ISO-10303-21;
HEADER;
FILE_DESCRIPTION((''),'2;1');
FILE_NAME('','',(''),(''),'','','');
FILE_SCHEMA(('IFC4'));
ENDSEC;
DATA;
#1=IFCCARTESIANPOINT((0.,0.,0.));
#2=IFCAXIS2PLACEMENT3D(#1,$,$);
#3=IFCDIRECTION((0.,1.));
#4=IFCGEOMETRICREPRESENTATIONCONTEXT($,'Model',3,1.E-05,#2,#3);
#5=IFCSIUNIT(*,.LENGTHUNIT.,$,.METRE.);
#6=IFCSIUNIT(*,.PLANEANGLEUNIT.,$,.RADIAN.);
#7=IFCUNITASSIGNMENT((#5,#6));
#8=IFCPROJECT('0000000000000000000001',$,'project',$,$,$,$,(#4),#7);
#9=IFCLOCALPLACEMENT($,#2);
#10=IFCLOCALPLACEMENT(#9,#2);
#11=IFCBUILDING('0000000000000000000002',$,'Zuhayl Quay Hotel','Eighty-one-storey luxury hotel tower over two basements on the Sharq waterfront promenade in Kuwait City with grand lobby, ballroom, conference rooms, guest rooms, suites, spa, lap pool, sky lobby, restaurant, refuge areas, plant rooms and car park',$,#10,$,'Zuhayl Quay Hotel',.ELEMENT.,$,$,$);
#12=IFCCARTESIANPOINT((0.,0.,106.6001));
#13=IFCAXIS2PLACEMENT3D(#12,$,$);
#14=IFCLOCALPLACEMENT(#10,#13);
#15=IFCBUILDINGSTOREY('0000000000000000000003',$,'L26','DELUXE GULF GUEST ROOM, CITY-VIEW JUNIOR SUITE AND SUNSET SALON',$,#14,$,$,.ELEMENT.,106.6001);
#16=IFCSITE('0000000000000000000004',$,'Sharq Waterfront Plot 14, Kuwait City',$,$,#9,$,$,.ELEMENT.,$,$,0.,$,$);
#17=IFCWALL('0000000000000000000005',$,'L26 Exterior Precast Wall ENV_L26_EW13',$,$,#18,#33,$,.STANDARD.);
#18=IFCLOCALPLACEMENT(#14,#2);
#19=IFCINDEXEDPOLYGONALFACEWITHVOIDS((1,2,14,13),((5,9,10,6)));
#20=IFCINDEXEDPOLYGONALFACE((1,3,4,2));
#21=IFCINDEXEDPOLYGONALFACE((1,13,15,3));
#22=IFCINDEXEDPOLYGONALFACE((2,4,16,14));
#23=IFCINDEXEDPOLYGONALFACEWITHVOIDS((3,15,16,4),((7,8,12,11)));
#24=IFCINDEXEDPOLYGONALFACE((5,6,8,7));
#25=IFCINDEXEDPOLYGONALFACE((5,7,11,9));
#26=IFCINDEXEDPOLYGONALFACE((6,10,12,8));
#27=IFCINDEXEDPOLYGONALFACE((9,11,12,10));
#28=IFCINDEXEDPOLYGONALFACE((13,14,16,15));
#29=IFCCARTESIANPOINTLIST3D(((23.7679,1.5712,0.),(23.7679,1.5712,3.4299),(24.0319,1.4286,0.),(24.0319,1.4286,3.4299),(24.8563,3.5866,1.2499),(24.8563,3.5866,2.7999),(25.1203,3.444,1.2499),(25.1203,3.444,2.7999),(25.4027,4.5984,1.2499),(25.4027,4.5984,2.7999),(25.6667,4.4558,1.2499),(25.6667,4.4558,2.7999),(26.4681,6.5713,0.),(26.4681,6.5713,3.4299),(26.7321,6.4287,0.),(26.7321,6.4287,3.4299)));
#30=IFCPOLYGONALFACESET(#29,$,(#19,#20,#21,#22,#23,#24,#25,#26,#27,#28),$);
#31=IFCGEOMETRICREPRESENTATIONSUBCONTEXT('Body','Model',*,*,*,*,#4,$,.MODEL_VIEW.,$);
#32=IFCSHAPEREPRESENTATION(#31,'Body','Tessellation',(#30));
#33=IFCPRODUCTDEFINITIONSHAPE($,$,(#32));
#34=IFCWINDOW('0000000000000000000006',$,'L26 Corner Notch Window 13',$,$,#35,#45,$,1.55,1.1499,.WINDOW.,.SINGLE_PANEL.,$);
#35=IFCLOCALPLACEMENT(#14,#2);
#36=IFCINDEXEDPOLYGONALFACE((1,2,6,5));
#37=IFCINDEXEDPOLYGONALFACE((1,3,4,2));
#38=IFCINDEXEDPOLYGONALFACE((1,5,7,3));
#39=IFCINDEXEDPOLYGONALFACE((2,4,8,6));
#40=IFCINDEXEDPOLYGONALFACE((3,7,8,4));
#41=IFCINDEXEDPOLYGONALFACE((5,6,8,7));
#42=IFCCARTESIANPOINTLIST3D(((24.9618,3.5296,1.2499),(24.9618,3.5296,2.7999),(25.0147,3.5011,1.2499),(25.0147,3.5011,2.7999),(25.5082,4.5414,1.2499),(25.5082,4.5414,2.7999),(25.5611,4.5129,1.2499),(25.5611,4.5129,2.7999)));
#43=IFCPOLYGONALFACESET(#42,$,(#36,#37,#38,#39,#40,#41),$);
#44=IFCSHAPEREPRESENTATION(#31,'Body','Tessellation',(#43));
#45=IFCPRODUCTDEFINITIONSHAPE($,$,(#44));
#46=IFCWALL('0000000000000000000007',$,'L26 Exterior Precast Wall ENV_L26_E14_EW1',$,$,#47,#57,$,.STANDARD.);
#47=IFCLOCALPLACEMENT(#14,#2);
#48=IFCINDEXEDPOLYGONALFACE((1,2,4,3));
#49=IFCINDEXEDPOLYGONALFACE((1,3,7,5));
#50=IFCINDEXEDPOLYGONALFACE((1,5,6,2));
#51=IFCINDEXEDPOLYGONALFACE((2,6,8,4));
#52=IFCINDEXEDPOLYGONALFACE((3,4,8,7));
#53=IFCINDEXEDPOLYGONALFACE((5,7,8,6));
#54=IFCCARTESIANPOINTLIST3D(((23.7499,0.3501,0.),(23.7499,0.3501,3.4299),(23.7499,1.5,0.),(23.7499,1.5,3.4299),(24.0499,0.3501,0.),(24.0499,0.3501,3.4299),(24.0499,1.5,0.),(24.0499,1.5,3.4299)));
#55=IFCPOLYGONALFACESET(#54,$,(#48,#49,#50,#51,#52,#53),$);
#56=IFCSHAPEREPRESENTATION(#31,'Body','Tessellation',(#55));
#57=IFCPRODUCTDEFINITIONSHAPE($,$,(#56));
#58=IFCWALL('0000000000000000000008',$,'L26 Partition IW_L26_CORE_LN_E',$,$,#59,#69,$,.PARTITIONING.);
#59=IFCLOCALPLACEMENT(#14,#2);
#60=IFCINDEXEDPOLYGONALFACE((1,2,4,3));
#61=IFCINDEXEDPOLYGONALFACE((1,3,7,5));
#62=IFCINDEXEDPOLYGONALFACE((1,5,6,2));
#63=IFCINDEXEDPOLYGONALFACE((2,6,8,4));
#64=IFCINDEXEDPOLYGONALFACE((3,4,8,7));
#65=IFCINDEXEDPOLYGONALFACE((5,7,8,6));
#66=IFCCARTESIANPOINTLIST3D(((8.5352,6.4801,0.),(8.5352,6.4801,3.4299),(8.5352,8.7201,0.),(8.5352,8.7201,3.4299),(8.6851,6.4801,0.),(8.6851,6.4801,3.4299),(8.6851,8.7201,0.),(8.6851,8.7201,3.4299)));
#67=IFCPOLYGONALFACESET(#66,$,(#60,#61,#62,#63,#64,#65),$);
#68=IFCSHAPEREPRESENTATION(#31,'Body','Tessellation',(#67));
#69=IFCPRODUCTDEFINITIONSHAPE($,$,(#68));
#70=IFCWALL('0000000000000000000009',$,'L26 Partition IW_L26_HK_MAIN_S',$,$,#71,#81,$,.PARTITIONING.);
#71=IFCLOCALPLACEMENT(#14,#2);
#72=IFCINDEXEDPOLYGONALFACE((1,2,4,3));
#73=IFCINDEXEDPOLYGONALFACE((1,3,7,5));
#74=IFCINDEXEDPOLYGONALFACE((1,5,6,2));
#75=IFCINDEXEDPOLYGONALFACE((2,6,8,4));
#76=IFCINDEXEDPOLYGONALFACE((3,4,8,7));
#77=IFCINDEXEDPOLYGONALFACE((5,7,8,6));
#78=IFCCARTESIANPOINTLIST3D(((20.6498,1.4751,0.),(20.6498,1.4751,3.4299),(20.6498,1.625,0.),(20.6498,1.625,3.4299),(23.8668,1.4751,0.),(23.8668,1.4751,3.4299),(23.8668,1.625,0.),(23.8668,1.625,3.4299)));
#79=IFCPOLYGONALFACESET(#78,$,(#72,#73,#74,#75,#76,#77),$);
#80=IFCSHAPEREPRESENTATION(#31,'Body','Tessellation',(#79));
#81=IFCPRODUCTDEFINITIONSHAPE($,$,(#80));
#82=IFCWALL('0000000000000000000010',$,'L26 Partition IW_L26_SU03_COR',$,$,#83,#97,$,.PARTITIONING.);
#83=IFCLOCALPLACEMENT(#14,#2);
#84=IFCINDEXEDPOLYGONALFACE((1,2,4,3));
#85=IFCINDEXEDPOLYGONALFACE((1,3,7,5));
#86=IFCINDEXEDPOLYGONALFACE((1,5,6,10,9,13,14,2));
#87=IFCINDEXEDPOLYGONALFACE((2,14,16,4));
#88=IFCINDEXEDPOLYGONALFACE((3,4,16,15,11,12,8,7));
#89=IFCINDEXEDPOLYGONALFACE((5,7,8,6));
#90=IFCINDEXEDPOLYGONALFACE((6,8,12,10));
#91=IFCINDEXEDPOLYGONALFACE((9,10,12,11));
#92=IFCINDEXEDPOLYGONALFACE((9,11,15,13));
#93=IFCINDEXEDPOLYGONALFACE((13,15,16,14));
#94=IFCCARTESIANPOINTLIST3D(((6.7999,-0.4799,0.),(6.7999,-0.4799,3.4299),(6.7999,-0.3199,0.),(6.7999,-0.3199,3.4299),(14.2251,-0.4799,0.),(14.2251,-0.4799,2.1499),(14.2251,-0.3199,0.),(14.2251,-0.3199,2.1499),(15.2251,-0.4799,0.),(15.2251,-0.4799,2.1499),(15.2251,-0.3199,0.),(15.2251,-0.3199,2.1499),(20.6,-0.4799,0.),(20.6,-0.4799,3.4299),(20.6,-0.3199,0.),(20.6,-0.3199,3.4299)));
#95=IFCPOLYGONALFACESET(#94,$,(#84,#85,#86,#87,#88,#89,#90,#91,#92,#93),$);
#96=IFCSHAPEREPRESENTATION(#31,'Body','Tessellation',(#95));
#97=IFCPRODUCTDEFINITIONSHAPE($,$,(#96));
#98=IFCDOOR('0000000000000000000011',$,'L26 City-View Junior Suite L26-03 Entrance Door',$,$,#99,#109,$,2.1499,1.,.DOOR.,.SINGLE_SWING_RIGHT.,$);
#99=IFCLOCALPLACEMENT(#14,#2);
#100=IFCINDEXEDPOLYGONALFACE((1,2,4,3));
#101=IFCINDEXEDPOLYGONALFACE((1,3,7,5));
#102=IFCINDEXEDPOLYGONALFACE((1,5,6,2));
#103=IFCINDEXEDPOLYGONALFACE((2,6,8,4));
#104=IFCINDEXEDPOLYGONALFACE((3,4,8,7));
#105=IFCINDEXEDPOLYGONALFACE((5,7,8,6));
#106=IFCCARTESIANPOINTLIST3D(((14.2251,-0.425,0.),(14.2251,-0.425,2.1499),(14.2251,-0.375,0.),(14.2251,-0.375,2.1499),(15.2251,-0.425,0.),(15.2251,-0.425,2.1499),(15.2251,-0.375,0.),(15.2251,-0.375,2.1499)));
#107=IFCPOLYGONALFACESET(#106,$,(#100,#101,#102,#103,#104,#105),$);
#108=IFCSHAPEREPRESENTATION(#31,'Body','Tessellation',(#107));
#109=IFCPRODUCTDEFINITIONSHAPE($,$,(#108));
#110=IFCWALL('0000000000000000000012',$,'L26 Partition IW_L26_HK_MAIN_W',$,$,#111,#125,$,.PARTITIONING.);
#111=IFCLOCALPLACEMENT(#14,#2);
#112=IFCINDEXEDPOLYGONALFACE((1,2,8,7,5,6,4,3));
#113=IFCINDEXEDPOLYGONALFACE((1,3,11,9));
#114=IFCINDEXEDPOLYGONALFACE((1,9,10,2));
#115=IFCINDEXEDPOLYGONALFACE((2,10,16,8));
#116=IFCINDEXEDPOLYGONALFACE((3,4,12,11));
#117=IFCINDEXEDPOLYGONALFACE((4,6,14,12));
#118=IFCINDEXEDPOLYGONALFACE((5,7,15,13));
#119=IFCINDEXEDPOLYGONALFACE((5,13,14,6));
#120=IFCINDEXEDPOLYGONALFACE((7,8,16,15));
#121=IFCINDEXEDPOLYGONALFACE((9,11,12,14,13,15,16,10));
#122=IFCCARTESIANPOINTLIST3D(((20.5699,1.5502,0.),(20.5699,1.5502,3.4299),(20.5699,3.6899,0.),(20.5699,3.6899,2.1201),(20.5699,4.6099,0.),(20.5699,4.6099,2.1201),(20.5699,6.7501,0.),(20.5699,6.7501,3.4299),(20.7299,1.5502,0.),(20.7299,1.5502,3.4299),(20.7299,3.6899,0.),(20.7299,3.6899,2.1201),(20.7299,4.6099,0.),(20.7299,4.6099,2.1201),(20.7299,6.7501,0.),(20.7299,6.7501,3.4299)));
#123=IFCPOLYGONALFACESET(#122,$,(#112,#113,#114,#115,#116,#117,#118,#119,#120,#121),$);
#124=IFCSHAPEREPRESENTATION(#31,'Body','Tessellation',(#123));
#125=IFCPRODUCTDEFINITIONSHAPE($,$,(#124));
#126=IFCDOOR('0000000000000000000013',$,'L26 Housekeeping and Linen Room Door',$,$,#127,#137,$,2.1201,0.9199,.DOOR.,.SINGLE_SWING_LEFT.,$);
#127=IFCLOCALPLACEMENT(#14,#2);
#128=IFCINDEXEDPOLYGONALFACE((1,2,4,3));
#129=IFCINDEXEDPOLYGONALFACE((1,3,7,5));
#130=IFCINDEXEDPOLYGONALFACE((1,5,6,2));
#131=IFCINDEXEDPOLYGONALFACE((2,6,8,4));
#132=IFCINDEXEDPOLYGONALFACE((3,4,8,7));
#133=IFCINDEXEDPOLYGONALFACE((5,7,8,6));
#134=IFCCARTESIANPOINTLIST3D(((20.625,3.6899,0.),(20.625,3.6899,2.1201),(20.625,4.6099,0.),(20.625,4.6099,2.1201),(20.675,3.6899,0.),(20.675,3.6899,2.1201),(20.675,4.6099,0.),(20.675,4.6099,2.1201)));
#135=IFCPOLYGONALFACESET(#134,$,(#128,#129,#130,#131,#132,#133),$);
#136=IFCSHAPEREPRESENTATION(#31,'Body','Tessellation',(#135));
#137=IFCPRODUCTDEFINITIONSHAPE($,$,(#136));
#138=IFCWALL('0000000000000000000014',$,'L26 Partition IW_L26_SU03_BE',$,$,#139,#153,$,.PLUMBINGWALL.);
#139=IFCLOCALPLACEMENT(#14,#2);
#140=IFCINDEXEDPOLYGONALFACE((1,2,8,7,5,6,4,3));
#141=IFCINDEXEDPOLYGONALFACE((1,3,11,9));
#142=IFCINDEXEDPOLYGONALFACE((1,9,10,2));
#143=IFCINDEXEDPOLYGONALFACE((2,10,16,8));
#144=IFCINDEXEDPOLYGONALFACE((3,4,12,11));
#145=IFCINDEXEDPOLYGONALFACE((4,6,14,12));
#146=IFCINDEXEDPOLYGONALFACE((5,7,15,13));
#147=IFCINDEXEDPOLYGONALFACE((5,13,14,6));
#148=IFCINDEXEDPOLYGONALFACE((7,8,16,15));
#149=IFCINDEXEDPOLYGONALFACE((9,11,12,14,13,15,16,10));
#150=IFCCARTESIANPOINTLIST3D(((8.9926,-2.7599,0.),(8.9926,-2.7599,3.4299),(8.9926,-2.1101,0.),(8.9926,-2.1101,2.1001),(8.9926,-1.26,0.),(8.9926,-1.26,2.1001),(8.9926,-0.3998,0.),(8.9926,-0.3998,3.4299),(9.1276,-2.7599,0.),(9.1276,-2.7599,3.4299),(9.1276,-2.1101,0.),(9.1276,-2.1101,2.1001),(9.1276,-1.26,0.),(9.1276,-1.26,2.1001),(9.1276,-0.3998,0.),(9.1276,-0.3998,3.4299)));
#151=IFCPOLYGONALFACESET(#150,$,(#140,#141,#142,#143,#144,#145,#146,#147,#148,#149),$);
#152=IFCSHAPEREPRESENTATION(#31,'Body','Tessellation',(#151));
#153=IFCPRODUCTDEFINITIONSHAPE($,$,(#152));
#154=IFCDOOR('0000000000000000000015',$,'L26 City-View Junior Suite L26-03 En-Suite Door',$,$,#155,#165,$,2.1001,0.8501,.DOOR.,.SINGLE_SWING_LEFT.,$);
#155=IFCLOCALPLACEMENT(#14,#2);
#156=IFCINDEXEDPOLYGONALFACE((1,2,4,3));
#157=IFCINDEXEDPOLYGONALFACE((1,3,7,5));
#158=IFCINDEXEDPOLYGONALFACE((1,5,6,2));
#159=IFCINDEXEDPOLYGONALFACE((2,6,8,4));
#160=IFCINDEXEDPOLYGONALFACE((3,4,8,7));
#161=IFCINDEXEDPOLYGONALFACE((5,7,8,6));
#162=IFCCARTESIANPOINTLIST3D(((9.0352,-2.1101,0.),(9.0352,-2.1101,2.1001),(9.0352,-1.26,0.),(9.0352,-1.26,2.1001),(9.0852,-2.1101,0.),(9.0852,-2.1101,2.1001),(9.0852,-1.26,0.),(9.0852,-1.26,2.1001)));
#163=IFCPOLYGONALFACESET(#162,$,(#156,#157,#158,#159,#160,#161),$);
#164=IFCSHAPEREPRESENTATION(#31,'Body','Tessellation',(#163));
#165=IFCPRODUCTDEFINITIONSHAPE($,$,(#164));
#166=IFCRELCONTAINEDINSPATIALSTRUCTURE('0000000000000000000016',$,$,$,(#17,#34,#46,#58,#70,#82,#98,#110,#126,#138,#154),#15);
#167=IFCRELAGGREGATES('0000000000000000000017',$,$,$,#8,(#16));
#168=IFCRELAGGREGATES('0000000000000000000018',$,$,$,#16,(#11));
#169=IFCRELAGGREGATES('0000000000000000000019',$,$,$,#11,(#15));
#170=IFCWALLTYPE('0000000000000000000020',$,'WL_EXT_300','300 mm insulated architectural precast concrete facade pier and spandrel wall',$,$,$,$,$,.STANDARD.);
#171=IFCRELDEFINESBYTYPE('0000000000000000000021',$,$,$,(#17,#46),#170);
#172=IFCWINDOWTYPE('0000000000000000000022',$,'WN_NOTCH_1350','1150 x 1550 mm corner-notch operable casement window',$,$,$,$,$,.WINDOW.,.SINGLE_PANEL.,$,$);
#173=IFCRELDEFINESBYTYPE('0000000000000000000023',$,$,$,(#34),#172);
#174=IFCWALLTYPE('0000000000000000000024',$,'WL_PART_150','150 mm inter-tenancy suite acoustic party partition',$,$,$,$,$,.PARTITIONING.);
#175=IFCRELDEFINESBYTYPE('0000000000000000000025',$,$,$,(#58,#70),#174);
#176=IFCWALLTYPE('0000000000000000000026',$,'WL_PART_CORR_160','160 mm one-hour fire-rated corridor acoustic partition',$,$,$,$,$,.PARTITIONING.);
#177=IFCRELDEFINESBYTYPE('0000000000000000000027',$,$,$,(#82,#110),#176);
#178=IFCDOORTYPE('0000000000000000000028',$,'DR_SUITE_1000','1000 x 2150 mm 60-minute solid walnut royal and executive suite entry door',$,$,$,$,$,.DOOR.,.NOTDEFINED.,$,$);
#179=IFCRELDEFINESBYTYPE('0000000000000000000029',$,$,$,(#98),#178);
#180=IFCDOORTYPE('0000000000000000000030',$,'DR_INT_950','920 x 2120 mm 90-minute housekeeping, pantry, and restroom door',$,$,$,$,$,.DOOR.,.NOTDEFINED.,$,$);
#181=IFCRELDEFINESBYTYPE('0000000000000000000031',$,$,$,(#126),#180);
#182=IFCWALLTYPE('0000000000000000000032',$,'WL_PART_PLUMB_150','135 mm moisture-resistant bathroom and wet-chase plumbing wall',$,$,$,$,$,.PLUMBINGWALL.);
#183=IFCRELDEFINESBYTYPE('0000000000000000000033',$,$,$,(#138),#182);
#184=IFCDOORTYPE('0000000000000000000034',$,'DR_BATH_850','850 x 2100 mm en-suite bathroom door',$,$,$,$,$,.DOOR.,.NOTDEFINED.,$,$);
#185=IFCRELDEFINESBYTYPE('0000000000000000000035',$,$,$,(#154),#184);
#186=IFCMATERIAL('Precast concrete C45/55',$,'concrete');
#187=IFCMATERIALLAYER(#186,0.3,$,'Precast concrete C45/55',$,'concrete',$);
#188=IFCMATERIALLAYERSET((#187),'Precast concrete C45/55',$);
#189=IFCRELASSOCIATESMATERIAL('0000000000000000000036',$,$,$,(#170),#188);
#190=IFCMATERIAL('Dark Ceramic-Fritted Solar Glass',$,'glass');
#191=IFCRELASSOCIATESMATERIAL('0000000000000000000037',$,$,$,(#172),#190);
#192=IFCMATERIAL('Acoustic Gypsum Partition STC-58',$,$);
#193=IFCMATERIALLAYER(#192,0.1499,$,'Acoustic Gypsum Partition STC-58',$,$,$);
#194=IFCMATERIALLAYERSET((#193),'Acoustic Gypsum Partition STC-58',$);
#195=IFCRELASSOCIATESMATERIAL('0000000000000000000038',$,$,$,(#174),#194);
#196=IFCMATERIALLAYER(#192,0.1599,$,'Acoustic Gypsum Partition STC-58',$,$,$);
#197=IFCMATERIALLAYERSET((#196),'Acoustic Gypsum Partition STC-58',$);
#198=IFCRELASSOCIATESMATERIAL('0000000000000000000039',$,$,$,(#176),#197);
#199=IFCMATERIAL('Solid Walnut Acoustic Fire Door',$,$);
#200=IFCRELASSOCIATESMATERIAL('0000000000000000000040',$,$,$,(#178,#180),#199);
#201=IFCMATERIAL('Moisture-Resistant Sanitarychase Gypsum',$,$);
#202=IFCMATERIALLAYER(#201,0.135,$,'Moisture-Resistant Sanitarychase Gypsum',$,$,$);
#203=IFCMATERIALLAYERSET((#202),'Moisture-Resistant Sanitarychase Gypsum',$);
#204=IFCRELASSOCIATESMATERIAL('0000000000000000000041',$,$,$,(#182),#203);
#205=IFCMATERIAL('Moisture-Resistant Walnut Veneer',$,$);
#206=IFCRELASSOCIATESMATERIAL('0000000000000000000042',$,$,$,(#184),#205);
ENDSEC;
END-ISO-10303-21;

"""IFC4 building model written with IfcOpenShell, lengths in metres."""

from ifc_helpers import new_model, si_unit, direction, frame, frame_2d, origin, place, context, subcontext, project, spatial, rectangle, extrude, material, layer, layer_set, type_object, element, fill, save


model = new_model("IFC4")

# Units and contexts
model_context = context("Model", 3, precision=1e-05, world=origin(), true_north=direction((0.0, 1.0)))
body_context = subcontext(model_context, "Body", "Model", "MODEL_VIEW")
ifc_project = project(units=[si_unit("LENGTHUNIT", "METRE"), si_unit("PLANEANGLEUNIT", "RADIAN")], contexts=[model_context])

# Site, building, storey
site_placement = place(None, origin())
site = spatial("IfcSite", under=ifc_project, at=site_placement, Name="Sharq Waterfront Plot 14, Kuwait City", CompositionType="ELEMENT", RefElevation=0.0)
building_placement = place(site_placement, origin())
building = spatial("IfcBuilding", under=site, at=building_placement, Name="Zuhayl Quay Hotel", Description="Eighty-one-storey luxury hotel tower over two basements on the Sharq waterfront promenade in Kuwait City with grand lobby, ballroom, conference rooms, guest rooms, suites, spa, lap pool, sky lobby, restaurant, refuge areas, plant rooms and car park", LongName="Zuhayl Quay Hotel", CompositionType="ELEMENT")
storey_placement = place(building_placement, frame((0.0, 0.0, 106.6001)))
storey = spatial("IfcBuildingStorey", under=building, at=storey_placement, Name="L26", Description="DELUXE GULF GUEST ROOM, CITY-VIEW JUNIOR SUITE AND SUNSET SALON", CompositionType="ELEMENT", Elevation=106.6001)

# Wall, opening, window
ifc_material_1 = material(Name="Precast concrete C45/55", Category="concrete")
ifc_layer_1 = layer(ifc_material_1, 0.3, Name="Precast concrete C45/55", Category="concrete")
ifc_layer_set_1 = layer_set([ifc_layer_1], Name="Precast concrete C45/55")
wall_type_1 = type_object("IfcWallType", Name="WL_EXT_300", Description="300 mm insulated architectural precast concrete facade pier and spandrel wall", PredefinedType="STANDARD", material=ifc_layer_set_1)
wall_1_placement = place(storey_placement, frame((26.6001, 6.5, 0.0), z_axis=(0.0, 0.0, 1.0), x_axis=(-0.475176, -0.879891, 0.0)))
wall_1 = element("IfcWall", 1, at=wall_1_placement, inside=storey, type_object=wall_type_1, Name="L26 Exterior Precast Wall ENV_L26_EW13", PredefinedType="STANDARD", context=body_context, shape_type="SweptSolid", body=[
    extrude(rectangle(XDim=5.6826, YDim=0.3, at=frame_2d((2.8413, 0.0))), origin(), (0.0, 0.0, 1.0), 3.4299),
])
opening_1_placement = place(wall_1_placement, frame((2.2422, 0.0, 1.25)))
opening_1 = element("IfcOpeningElement", 2, at=opening_1_placement, cuts=wall_1, PredefinedType="OPENING", context=body_context, shape_type="SweptSolid", body=[
    extrude(rectangle(XDim=1.1499, YDim=1.55, at=frame_2d((0.575, 0.7749))), frame((0.0, 0.1599, 0.0), z_axis=(0.0, -1.0, 0.0), x_axis=(1.0, 0.0, 0.0)), (0.0, 0.0, 1.0), 0.3201),
])
ifc_material_2 = material(Name="Dark Ceramic-Fritted Solar Glass", Category="glass")
window_type = type_object("IfcWindowType", Name="WN_NOTCH_1350", Description="1150 x 1550 mm corner-notch operable casement window", PartitioningType="SINGLE_PANEL", PredefinedType="WINDOW", material=ifc_material_2)
window_placement = place(opening_1_placement, origin())
window = element("IfcWindow", 3, at=window_placement, inside=storey, type_object=window_type, Name="L26 Corner Notch Window 13", OverallHeight=1.55, OverallWidth=1.1499, PartitioningType="SINGLE_PANEL", PredefinedType="WINDOW", context=body_context, shape_type="SweptSolid", body=[
    extrude(rectangle(XDim=1.1499, YDim=1.55, at=frame_2d((0.575, 0.7749))), frame((0.0, 0.03, 0.0), z_axis=(0.0, -1.0, 0.0), x_axis=(1.0, 0.0, 0.0)), (0.0, 0.0, 1.0), 0.0601),
])
fill(opening_1, window)

# Walls
wall_2_placement = place(storey_placement, frame((23.8999, 1.5, 0.0), z_axis=(0.0, 0.0, 1.0), x_axis=(0.0, -1.0, 0.0)))
element("IfcWall", 4, at=wall_2_placement, inside=storey, type_object=wall_type_1, Name="L26 Exterior Precast Wall ENV_L26_E14_EW1", PredefinedType="STANDARD", context=body_context, shape_type="SweptSolid", body=[
    extrude(rectangle(XDim=1.1499, YDim=0.3, at=frame_2d((0.575, 0.0))), origin(), (0.0, 0.0, 1.0), 3.4299),
])
ifc_material_3 = material(Name="Acoustic Gypsum Partition STC-58")
ifc_layer_2 = layer(ifc_material_3, 0.1499, Name="Acoustic Gypsum Partition STC-58")
ifc_layer_set_2 = layer_set([ifc_layer_2], Name="Acoustic Gypsum Partition STC-58")
wall_type_2 = type_object("IfcWallType", Name="WL_PART_150", Description="150 mm inter-tenancy suite acoustic party partition", PredefinedType="PARTITIONING", material=ifc_layer_set_2)
wall_3_placement = place(storey_placement, frame((8.6101, 6.48, 0.0), z_axis=(0.0, 0.0, 1.0), x_axis=(0.0, 1.0, 0.0)))
element("IfcWall", 5, at=wall_3_placement, inside=storey, type_object=wall_type_2, Name="L26 Partition IW_L26_CORE_LN_E", PredefinedType="PARTITIONING", context=body_context, shape_type="SweptSolid", body=[
    extrude(rectangle(XDim=2.24, YDim=0.1499, at=frame_2d((1.1201, 0.0))), origin(), (0.0, 0.0, 1.0), 3.4299),
])
wall_4_placement = place(storey_placement, frame((20.6499, 1.55, 0.0), z_axis=(0.0, 0.0, 1.0), x_axis=(1.0, 0.0, 0.0)))
element("IfcWall", 6, at=wall_4_placement, inside=storey, type_object=wall_type_2, Name="L26 Partition IW_L26_HK_MAIN_S", PredefinedType="PARTITIONING", context=body_context, shape_type="SweptSolid", body=[
    extrude(rectangle(XDim=3.217, YDim=0.1499, at=frame_2d((1.6084, 0.0))), origin(), (0.0, 0.0, 1.0), 3.4299),
])

# Walls, openings, doors
ifc_layer_3 = layer(ifc_material_3, 0.1599, Name="Acoustic Gypsum Partition STC-58")
ifc_layer_set_3 = layer_set([ifc_layer_3], Name="Acoustic Gypsum Partition STC-58")
wall_type_3 = type_object("IfcWallType", Name="WL_PART_CORR_160", Description="160 mm one-hour fire-rated corridor acoustic partition", PredefinedType="PARTITIONING", material=ifc_layer_set_3)
wall_5_placement = place(storey_placement, frame((6.8, -0.3999, 0.0), z_axis=(0.0, 0.0, 1.0), x_axis=(1.0, 0.0, 0.0)))
wall_5 = element("IfcWall", 7, at=wall_5_placement, inside=storey, type_object=wall_type_3, Name="L26 Partition IW_L26_SU03_COR", PredefinedType="PARTITIONING", context=body_context, shape_type="SweptSolid", body=[
    extrude(rectangle(XDim=13.8, YDim=0.1599, at=frame_2d((6.8999, 0.0))), origin(), (0.0, 0.0, 1.0), 3.4299),
])
opening_2_placement = place(wall_5_placement, frame((7.425, 0.0, 0.0)))
opening_2 = element("IfcOpeningElement", 8, at=opening_2_placement, cuts=wall_5, PredefinedType="OPENING", context=body_context, shape_type="SweptSolid", body=[
    extrude(rectangle(XDim=1.0, YDim=2.1499, at=frame_2d((0.5, 1.075))), frame((0.0, 0.0898, 0.0), z_axis=(0.0, -1.0, 0.0), x_axis=(1.0, 0.0, 0.0)), (0.0, 0.0, 1.0), 0.1799),
])
ifc_material_4 = material(Name="Solid Walnut Acoustic Fire Door")
door_type_1 = type_object("IfcDoorType", Name="DR_SUITE_1000", Description="1000 x 2150 mm 60-minute solid walnut royal and executive suite entry door", OperationType="NOTDEFINED", PredefinedType="DOOR", material=ifc_material_4)
door_1_placement = place(opening_2_placement, origin())
door_1 = element("IfcDoor", 9, at=door_1_placement, inside=storey, type_object=door_type_1, Name="L26 City-View Junior Suite L26-03 Entrance Door", OperationType="SINGLE_SWING_RIGHT", OverallHeight=2.1499, OverallWidth=1.0, PredefinedType="DOOR", context=body_context, shape_type="SweptSolid", body=[
    extrude(rectangle(XDim=1.0, YDim=2.1499, at=frame_2d((0.5, 1.075))), frame((0.0, 0.0249, 0.0), z_axis=(0.0, -1.0, 0.0), x_axis=(1.0, 0.0, 0.0)), (0.0, 0.0, 1.0), 0.05),
])
fill(opening_2, door_1)
wall_6_placement = place(storey_placement, frame((20.6499, 1.55, 0.0), z_axis=(0.0, 0.0, 1.0), x_axis=(0.0, 1.0, 0.0)))
wall_6 = element("IfcWall", 10, at=wall_6_placement, inside=storey, type_object=wall_type_3, Name="L26 Partition IW_L26_HK_MAIN_W", PredefinedType="PARTITIONING", context=body_context, shape_type="SweptSolid", body=[
    extrude(rectangle(XDim=5.2, YDim=0.1599, at=frame_2d((2.6001, 0.0))), origin(), (0.0, 0.0, 1.0), 3.4299),
])
opening_3_placement = place(wall_6_placement, frame((2.1399, 0.0, 0.0)))
opening_3 = element("IfcOpeningElement", 11, at=opening_3_placement, cuts=wall_6, PredefinedType="OPENING", context=body_context, shape_type="SweptSolid", body=[
    extrude(rectangle(XDim=0.9199, YDim=2.1201, at=frame_2d((0.46, 1.0601))), frame((0.0, 0.0898, 0.0), z_axis=(0.0, -1.0, 0.0), x_axis=(1.0, 0.0, 0.0)), (0.0, 0.0, 1.0), 0.1799),
])
door_type_2 = type_object("IfcDoorType", Name="DR_INT_950", Description="920 x 2120 mm 90-minute housekeeping, pantry, and restroom door", OperationType="NOTDEFINED", PredefinedType="DOOR", material=ifc_material_4)
door_2_placement = place(opening_3_placement, origin())
door_2 = element("IfcDoor", 12, at=door_2_placement, inside=storey, type_object=door_type_2, Name="L26 Housekeeping and Linen Room Door", OperationType="SINGLE_SWING_LEFT", OverallHeight=2.1201, OverallWidth=0.9199, PredefinedType="DOOR", context=body_context, shape_type="SweptSolid", body=[
    extrude(rectangle(XDim=0.9199, YDim=2.1201, at=frame_2d((0.46, 1.0601))), frame((0.0, 0.0249, 0.0), z_axis=(0.0, -1.0, 0.0), x_axis=(1.0, 0.0, 0.0)), (0.0, 0.0, 1.0), 0.05),
])
fill(opening_3, door_2)
ifc_material_5 = material(Name="Moisture-Resistant Sanitarychase Gypsum")
ifc_layer_4 = layer(ifc_material_5, 0.135, Name="Moisture-Resistant Sanitarychase Gypsum")
ifc_layer_set_4 = layer_set([ifc_layer_4], Name="Moisture-Resistant Sanitarychase Gypsum")
wall_type_4 = type_object("IfcWallType", Name="WL_PART_PLUMB_150", Description="135 mm moisture-resistant bathroom and wet-chase plumbing wall", PredefinedType="PLUMBINGWALL", material=ifc_layer_set_4)
wall_7_placement = place(storey_placement, frame((9.0601, -2.76, 0.0), z_axis=(0.0, 0.0, 1.0), x_axis=(0.0, 1.0, 0.0)))
wall_7 = element("IfcWall", 13, at=wall_7_placement, inside=storey, type_object=wall_type_4, Name="L26 Partition IW_L26_SU03_BE", PredefinedType="PLUMBINGWALL", context=body_context, shape_type="SweptSolid", body=[
    extrude(rectangle(XDim=2.3601, YDim=0.135, at=frame_2d((1.1802, 0.0))), origin(), (0.0, 0.0, 1.0), 3.4299),
])
opening_4_placement = place(wall_7_placement, frame((0.6499, 0.0, 0.0)))
opening_4 = element("IfcOpeningElement", 14, at=opening_4_placement, cuts=wall_7, PredefinedType="OPENING", context=body_context, shape_type="SweptSolid", body=[
    extrude(rectangle(XDim=0.8501, YDim=2.1001, at=frame_2d((0.425, 1.05))), frame((0.0, 0.0774, 0.0), z_axis=(0.0, -1.0, 0.0), x_axis=(1.0, 0.0, 0.0)), (0.0, 0.0, 1.0), 0.155),
])
ifc_material_6 = material(Name="Moisture-Resistant Walnut Veneer")
door_type_3 = type_object("IfcDoorType", Name="DR_BATH_850", Description="850 x 2100 mm en-suite bathroom door", OperationType="NOTDEFINED", PredefinedType="DOOR", material=ifc_material_6)
door_3_placement = place(opening_4_placement, origin())
door_3 = element("IfcDoor", 15, at=door_3_placement, inside=storey, type_object=door_type_3, Name="L26 City-View Junior Suite L26-03 En-Suite Door", OperationType="SINGLE_SWING_LEFT", OverallHeight=2.1001, OverallWidth=0.8501, PredefinedType="DOOR", context=body_context, shape_type="SweptSolid", body=[
    extrude(rectangle(XDim=0.8501, YDim=2.1001, at=frame_2d((0.425, 1.05))), frame((0.0, 0.0249, 0.0), z_axis=(0.0, -1.0, 0.0), x_axis=(1.0, 0.0, 0.0)), (0.0, 0.0, 1.0), 0.05),
])
fill(opening_4, door_3)

save(model, "model.ifc")
